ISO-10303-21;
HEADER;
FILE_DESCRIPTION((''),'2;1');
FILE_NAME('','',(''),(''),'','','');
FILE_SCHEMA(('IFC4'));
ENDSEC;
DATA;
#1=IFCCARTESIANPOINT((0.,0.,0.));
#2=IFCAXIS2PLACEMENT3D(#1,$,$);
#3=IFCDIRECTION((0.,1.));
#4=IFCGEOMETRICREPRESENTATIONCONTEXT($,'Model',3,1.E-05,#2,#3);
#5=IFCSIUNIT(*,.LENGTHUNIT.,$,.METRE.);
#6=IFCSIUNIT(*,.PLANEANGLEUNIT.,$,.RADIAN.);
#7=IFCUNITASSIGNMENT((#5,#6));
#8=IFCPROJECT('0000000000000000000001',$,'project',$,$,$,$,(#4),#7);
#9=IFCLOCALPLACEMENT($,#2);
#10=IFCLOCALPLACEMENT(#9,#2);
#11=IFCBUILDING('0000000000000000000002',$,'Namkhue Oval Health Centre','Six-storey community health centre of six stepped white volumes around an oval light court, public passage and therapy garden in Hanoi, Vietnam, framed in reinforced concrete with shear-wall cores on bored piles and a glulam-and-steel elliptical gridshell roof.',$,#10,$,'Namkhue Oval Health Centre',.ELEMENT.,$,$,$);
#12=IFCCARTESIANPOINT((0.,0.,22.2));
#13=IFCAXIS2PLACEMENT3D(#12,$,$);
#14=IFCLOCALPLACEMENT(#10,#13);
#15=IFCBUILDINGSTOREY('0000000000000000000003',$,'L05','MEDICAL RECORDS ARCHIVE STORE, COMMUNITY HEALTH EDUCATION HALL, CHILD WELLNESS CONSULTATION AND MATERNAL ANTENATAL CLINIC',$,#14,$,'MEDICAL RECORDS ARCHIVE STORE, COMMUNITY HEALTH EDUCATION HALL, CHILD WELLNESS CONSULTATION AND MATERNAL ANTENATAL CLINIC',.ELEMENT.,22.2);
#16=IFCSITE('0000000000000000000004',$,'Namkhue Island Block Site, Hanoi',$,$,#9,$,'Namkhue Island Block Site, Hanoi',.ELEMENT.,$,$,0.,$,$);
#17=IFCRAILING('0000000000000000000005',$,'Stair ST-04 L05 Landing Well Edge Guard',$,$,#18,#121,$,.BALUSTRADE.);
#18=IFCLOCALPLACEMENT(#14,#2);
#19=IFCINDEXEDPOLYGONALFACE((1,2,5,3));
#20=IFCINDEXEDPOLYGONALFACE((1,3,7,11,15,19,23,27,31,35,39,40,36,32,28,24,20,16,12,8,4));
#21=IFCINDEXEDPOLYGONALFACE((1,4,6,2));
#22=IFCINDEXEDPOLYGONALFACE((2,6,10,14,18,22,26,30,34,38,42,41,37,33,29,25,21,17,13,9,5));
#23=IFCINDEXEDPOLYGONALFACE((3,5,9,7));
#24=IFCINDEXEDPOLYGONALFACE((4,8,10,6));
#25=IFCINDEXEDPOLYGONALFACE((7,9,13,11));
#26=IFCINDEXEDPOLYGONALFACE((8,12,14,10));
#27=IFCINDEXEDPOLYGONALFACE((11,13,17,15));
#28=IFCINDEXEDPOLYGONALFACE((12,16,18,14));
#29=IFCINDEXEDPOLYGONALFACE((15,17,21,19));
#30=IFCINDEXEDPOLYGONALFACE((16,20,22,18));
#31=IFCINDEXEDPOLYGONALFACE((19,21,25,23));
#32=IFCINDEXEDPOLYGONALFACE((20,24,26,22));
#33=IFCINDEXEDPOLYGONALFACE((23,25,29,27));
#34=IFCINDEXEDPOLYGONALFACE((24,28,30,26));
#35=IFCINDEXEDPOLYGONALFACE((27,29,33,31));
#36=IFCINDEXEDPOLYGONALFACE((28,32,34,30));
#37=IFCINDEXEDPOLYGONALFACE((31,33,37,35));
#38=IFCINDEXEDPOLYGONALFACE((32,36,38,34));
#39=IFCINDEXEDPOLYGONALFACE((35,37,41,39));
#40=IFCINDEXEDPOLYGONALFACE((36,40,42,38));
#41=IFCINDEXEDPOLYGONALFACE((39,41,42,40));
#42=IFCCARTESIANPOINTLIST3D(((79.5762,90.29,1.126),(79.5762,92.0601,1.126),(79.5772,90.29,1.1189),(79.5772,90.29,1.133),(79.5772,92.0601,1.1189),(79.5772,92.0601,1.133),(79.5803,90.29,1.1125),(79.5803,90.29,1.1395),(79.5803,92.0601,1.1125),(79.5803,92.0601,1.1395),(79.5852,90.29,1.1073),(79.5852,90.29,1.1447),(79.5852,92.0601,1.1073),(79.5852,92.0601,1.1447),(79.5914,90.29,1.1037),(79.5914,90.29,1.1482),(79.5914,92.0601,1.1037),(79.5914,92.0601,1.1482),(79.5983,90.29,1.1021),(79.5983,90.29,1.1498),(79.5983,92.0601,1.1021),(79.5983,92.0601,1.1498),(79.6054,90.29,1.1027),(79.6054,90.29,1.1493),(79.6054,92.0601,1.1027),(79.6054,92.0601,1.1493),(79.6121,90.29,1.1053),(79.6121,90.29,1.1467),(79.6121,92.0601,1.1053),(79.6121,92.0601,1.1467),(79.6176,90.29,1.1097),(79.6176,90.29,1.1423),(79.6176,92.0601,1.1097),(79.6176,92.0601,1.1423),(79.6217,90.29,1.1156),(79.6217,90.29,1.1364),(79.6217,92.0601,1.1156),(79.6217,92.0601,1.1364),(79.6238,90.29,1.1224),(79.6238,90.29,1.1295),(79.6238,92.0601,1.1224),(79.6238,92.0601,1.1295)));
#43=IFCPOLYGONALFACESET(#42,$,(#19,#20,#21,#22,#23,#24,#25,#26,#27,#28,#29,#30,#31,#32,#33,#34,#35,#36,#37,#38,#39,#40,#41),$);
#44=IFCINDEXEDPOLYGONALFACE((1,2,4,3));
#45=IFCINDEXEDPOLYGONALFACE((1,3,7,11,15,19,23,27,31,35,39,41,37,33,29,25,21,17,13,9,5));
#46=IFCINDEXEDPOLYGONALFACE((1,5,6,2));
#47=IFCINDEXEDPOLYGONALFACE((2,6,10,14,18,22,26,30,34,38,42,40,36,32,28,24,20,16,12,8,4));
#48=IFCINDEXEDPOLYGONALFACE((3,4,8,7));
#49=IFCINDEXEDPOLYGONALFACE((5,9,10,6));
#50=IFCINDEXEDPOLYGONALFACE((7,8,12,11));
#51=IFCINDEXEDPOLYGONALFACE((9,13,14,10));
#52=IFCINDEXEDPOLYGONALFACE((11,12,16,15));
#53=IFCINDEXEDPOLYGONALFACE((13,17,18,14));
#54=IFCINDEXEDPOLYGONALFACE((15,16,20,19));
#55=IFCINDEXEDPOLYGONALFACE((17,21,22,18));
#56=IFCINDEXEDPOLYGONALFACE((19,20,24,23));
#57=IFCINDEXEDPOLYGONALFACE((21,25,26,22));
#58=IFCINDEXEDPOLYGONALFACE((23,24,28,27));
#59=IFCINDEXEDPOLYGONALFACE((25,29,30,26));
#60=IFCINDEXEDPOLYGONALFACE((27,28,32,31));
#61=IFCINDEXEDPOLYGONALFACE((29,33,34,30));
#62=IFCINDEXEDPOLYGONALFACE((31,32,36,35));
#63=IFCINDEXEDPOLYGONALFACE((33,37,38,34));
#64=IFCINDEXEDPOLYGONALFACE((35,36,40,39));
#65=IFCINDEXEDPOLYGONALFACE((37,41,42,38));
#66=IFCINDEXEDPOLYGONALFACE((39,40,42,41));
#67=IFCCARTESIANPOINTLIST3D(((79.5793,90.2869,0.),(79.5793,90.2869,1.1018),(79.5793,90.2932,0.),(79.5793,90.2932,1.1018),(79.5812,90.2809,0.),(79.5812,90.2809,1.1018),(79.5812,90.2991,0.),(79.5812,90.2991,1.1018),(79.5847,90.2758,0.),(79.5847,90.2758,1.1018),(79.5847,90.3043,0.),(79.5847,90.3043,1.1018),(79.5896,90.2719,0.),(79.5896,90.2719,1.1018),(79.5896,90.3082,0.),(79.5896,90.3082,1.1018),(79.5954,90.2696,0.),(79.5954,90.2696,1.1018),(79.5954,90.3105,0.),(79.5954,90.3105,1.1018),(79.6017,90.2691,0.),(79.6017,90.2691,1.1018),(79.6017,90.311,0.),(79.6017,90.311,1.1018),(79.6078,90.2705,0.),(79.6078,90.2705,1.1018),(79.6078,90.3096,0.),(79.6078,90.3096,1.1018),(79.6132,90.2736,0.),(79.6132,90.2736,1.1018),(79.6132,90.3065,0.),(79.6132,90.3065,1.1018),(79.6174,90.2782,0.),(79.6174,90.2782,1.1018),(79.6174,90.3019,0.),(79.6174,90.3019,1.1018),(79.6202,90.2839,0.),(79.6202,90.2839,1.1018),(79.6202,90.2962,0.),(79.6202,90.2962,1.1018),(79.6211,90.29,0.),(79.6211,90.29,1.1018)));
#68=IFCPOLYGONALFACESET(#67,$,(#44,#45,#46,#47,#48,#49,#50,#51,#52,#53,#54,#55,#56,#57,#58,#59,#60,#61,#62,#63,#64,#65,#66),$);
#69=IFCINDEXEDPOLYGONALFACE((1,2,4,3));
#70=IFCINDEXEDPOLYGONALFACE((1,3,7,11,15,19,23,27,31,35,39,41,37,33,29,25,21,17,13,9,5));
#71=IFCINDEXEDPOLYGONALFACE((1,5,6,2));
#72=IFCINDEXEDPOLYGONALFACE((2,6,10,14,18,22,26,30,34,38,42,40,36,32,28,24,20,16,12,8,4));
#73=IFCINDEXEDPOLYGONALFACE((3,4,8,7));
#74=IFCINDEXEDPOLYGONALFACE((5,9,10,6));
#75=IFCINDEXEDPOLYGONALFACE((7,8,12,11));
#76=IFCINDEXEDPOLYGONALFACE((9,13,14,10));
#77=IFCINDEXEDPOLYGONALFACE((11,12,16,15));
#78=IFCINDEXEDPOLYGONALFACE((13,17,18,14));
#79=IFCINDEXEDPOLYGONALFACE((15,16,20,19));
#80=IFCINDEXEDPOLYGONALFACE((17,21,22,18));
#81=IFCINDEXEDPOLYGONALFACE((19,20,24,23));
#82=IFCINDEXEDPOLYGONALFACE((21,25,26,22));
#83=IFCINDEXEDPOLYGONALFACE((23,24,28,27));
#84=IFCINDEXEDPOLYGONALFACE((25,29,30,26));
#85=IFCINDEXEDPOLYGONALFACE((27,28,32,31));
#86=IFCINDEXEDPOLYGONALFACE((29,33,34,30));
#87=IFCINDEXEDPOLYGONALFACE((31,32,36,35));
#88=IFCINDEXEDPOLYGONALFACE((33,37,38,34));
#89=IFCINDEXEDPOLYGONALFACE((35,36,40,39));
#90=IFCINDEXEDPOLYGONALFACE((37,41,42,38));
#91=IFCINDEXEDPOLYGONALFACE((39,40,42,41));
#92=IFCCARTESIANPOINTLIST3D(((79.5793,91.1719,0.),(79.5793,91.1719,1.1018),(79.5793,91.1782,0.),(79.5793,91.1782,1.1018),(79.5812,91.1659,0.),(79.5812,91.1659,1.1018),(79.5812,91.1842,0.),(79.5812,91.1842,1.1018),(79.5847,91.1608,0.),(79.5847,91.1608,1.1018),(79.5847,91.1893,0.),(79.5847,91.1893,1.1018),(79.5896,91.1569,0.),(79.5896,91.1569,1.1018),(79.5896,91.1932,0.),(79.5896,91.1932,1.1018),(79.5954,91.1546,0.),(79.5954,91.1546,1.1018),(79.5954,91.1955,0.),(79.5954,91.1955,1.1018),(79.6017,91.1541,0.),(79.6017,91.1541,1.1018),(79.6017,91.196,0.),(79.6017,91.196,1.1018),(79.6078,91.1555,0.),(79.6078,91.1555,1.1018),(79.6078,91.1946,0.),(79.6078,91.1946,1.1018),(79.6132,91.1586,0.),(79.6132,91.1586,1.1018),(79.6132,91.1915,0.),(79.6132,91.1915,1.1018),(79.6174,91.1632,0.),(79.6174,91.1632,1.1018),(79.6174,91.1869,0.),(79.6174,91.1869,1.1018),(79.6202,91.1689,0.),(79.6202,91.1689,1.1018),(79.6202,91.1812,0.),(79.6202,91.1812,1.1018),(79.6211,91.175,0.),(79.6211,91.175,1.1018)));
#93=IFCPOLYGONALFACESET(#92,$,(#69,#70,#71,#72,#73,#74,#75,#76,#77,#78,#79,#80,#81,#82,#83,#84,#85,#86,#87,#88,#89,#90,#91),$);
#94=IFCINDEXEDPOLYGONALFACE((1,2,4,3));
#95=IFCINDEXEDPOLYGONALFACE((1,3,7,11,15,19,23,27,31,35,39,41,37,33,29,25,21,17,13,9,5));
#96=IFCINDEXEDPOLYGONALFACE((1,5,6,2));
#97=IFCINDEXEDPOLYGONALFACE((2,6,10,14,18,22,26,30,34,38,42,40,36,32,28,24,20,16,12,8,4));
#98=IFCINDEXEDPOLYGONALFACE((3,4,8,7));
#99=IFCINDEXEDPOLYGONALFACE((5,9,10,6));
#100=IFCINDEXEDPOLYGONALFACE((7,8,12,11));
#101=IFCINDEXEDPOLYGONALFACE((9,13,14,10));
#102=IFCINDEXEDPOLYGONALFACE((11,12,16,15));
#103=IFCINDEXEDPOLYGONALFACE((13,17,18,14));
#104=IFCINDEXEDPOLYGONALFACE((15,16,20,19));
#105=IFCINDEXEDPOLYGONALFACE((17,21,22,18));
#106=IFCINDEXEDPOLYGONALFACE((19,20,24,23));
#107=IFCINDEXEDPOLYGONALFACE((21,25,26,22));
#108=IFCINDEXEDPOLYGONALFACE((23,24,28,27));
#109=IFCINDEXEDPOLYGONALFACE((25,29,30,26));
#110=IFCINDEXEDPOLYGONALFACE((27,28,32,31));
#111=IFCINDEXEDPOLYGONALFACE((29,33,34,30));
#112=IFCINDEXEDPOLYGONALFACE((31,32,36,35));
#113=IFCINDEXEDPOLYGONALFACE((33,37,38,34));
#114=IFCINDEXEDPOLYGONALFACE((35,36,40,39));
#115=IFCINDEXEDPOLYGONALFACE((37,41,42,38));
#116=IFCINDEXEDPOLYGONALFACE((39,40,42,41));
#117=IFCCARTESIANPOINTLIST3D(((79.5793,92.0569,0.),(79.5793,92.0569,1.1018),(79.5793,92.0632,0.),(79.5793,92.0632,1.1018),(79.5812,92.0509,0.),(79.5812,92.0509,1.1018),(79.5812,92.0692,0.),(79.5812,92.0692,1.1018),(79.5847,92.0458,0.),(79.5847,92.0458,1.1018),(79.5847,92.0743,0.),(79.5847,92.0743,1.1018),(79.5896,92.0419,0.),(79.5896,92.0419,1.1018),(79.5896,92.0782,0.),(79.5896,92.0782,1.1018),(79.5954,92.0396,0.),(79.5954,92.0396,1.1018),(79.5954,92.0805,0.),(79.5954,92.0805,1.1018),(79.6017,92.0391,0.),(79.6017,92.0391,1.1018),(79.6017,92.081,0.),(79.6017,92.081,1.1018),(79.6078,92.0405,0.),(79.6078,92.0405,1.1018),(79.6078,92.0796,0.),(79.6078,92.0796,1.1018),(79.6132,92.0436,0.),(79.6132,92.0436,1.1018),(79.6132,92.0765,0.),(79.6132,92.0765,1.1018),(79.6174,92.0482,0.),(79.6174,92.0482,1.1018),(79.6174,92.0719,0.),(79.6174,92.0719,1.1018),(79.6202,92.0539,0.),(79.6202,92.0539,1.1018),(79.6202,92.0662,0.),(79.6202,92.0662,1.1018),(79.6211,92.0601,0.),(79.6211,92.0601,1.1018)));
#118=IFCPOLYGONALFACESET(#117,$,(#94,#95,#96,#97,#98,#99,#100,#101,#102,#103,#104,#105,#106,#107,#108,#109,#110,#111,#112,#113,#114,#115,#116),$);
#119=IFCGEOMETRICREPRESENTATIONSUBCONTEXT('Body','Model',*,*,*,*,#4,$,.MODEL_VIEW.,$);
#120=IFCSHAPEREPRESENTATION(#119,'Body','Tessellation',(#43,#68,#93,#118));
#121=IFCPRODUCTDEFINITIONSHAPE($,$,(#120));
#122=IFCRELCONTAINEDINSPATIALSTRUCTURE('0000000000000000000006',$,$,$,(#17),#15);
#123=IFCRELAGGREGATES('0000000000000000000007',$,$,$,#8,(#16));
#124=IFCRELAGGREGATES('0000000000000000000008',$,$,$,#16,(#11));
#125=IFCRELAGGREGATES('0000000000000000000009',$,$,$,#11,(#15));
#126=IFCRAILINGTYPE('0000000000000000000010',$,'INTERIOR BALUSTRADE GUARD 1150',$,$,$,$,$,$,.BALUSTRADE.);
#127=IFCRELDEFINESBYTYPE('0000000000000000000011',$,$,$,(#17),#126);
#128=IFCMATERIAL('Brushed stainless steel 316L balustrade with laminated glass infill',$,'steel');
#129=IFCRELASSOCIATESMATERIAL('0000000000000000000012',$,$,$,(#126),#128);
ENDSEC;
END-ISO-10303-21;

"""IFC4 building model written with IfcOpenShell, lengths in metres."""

from ifc_helpers import new_model, si_unit, direction, frame, origin, origin_2d, place, context, subcontext, project, spatial, circle, extrude, material, type_object, element, save


model = new_model("IFC4")

# Units and contexts
model_context = context("Model", 3, precision=1e-05, world=origin(), true_north=direction((0.0, 1.0)))
body_context = subcontext(model_context, "Body", "Model", "MODEL_VIEW")
ifc_project = project(units=[si_unit("LENGTHUNIT", "METRE"), si_unit("PLANEANGLEUNIT", "RADIAN")], contexts=[model_context])

# Site, building, storey
site_placement = place(None, origin())
site = spatial("IfcSite", under=ifc_project, at=site_placement, Name="Namkhue Island Block Site, Hanoi", LongName="Namkhue Island Block Site, Hanoi", CompositionType="ELEMENT", RefElevation=0.0)
building_placement = place(site_placement, origin())
building = spatial("IfcBuilding", under=site, at=building_placement, Name="Namkhue Oval Health Centre", Description="Six-storey community health centre of six stepped white volumes around an oval light court, public passage and therapy garden in Hanoi, Vietnam, framed in reinforced concrete with shear-wall cores on bored piles and a glulam-and-steel elliptical gridshell roof.", LongName="Namkhue Oval Health Centre", CompositionType="ELEMENT")
storey_placement = place(building_placement, frame((0.0, 0.0, 22.2)))
storey = spatial("IfcBuildingStorey", under=building, at=storey_placement, Name="L05", Description="MEDICAL RECORDS ARCHIVE STORE, COMMUNITY HEALTH EDUCATION HALL, CHILD WELLNESS CONSULTATION AND MATERNAL ANTENATAL CLINIC", LongName="MEDICAL RECORDS ARCHIVE STORE, COMMUNITY HEALTH EDUCATION HALL, CHILD WELLNESS CONSULTATION AND MATERNAL ANTENATAL CLINIC", CompositionType="ELEMENT", Elevation=22.2)

# Railing
ifc_material_1 = material(Name="Brushed stainless steel 316L balustrade with laminated glass infill", Category="steel")
railing_type_1 = type_object("IfcRailingType", Name="INTERIOR BALUSTRADE GUARD 1150", PredefinedType="BALUSTRADE", material=ifc_material_1)
railing_1_placement = place(storey_placement, frame((79.6001, 90.29, 0.0)))
element("IfcRailing", 1, at=railing_1_placement, inside=storey, type_object=railing_type_1, Name="Stair ST-04 L05 Landing Well Edge Guard", PredefinedType="BALUSTRADE", context=body_context, shape_type="SweptSolid", body=[
    extrude(circle(Radius=0.0239, at=origin_2d()), frame((0.0, 0.0, 1.126), z_axis=(0.0, 1.0, 0.0), x_axis=(-1.0, 0.0, 0.0)), (0.0, 0.0, 1.0), 1.77),
    extrude(circle(Radius=0.021, at=origin_2d()), origin(), (0.0, 0.0, 1.0), 1.1018),
    extrude(circle(Radius=0.021, at=origin_2d()), frame((0.0, 0.885, 0.0)), (0.0, 0.0, 1.0), 1.1018),
    extrude(circle(Radius=0.021, at=origin_2d()), frame((0.0, 1.77, 0.0)), (0.0, 0.0, 1.0), 1.1018),
])

save(model, "model.ifc")
